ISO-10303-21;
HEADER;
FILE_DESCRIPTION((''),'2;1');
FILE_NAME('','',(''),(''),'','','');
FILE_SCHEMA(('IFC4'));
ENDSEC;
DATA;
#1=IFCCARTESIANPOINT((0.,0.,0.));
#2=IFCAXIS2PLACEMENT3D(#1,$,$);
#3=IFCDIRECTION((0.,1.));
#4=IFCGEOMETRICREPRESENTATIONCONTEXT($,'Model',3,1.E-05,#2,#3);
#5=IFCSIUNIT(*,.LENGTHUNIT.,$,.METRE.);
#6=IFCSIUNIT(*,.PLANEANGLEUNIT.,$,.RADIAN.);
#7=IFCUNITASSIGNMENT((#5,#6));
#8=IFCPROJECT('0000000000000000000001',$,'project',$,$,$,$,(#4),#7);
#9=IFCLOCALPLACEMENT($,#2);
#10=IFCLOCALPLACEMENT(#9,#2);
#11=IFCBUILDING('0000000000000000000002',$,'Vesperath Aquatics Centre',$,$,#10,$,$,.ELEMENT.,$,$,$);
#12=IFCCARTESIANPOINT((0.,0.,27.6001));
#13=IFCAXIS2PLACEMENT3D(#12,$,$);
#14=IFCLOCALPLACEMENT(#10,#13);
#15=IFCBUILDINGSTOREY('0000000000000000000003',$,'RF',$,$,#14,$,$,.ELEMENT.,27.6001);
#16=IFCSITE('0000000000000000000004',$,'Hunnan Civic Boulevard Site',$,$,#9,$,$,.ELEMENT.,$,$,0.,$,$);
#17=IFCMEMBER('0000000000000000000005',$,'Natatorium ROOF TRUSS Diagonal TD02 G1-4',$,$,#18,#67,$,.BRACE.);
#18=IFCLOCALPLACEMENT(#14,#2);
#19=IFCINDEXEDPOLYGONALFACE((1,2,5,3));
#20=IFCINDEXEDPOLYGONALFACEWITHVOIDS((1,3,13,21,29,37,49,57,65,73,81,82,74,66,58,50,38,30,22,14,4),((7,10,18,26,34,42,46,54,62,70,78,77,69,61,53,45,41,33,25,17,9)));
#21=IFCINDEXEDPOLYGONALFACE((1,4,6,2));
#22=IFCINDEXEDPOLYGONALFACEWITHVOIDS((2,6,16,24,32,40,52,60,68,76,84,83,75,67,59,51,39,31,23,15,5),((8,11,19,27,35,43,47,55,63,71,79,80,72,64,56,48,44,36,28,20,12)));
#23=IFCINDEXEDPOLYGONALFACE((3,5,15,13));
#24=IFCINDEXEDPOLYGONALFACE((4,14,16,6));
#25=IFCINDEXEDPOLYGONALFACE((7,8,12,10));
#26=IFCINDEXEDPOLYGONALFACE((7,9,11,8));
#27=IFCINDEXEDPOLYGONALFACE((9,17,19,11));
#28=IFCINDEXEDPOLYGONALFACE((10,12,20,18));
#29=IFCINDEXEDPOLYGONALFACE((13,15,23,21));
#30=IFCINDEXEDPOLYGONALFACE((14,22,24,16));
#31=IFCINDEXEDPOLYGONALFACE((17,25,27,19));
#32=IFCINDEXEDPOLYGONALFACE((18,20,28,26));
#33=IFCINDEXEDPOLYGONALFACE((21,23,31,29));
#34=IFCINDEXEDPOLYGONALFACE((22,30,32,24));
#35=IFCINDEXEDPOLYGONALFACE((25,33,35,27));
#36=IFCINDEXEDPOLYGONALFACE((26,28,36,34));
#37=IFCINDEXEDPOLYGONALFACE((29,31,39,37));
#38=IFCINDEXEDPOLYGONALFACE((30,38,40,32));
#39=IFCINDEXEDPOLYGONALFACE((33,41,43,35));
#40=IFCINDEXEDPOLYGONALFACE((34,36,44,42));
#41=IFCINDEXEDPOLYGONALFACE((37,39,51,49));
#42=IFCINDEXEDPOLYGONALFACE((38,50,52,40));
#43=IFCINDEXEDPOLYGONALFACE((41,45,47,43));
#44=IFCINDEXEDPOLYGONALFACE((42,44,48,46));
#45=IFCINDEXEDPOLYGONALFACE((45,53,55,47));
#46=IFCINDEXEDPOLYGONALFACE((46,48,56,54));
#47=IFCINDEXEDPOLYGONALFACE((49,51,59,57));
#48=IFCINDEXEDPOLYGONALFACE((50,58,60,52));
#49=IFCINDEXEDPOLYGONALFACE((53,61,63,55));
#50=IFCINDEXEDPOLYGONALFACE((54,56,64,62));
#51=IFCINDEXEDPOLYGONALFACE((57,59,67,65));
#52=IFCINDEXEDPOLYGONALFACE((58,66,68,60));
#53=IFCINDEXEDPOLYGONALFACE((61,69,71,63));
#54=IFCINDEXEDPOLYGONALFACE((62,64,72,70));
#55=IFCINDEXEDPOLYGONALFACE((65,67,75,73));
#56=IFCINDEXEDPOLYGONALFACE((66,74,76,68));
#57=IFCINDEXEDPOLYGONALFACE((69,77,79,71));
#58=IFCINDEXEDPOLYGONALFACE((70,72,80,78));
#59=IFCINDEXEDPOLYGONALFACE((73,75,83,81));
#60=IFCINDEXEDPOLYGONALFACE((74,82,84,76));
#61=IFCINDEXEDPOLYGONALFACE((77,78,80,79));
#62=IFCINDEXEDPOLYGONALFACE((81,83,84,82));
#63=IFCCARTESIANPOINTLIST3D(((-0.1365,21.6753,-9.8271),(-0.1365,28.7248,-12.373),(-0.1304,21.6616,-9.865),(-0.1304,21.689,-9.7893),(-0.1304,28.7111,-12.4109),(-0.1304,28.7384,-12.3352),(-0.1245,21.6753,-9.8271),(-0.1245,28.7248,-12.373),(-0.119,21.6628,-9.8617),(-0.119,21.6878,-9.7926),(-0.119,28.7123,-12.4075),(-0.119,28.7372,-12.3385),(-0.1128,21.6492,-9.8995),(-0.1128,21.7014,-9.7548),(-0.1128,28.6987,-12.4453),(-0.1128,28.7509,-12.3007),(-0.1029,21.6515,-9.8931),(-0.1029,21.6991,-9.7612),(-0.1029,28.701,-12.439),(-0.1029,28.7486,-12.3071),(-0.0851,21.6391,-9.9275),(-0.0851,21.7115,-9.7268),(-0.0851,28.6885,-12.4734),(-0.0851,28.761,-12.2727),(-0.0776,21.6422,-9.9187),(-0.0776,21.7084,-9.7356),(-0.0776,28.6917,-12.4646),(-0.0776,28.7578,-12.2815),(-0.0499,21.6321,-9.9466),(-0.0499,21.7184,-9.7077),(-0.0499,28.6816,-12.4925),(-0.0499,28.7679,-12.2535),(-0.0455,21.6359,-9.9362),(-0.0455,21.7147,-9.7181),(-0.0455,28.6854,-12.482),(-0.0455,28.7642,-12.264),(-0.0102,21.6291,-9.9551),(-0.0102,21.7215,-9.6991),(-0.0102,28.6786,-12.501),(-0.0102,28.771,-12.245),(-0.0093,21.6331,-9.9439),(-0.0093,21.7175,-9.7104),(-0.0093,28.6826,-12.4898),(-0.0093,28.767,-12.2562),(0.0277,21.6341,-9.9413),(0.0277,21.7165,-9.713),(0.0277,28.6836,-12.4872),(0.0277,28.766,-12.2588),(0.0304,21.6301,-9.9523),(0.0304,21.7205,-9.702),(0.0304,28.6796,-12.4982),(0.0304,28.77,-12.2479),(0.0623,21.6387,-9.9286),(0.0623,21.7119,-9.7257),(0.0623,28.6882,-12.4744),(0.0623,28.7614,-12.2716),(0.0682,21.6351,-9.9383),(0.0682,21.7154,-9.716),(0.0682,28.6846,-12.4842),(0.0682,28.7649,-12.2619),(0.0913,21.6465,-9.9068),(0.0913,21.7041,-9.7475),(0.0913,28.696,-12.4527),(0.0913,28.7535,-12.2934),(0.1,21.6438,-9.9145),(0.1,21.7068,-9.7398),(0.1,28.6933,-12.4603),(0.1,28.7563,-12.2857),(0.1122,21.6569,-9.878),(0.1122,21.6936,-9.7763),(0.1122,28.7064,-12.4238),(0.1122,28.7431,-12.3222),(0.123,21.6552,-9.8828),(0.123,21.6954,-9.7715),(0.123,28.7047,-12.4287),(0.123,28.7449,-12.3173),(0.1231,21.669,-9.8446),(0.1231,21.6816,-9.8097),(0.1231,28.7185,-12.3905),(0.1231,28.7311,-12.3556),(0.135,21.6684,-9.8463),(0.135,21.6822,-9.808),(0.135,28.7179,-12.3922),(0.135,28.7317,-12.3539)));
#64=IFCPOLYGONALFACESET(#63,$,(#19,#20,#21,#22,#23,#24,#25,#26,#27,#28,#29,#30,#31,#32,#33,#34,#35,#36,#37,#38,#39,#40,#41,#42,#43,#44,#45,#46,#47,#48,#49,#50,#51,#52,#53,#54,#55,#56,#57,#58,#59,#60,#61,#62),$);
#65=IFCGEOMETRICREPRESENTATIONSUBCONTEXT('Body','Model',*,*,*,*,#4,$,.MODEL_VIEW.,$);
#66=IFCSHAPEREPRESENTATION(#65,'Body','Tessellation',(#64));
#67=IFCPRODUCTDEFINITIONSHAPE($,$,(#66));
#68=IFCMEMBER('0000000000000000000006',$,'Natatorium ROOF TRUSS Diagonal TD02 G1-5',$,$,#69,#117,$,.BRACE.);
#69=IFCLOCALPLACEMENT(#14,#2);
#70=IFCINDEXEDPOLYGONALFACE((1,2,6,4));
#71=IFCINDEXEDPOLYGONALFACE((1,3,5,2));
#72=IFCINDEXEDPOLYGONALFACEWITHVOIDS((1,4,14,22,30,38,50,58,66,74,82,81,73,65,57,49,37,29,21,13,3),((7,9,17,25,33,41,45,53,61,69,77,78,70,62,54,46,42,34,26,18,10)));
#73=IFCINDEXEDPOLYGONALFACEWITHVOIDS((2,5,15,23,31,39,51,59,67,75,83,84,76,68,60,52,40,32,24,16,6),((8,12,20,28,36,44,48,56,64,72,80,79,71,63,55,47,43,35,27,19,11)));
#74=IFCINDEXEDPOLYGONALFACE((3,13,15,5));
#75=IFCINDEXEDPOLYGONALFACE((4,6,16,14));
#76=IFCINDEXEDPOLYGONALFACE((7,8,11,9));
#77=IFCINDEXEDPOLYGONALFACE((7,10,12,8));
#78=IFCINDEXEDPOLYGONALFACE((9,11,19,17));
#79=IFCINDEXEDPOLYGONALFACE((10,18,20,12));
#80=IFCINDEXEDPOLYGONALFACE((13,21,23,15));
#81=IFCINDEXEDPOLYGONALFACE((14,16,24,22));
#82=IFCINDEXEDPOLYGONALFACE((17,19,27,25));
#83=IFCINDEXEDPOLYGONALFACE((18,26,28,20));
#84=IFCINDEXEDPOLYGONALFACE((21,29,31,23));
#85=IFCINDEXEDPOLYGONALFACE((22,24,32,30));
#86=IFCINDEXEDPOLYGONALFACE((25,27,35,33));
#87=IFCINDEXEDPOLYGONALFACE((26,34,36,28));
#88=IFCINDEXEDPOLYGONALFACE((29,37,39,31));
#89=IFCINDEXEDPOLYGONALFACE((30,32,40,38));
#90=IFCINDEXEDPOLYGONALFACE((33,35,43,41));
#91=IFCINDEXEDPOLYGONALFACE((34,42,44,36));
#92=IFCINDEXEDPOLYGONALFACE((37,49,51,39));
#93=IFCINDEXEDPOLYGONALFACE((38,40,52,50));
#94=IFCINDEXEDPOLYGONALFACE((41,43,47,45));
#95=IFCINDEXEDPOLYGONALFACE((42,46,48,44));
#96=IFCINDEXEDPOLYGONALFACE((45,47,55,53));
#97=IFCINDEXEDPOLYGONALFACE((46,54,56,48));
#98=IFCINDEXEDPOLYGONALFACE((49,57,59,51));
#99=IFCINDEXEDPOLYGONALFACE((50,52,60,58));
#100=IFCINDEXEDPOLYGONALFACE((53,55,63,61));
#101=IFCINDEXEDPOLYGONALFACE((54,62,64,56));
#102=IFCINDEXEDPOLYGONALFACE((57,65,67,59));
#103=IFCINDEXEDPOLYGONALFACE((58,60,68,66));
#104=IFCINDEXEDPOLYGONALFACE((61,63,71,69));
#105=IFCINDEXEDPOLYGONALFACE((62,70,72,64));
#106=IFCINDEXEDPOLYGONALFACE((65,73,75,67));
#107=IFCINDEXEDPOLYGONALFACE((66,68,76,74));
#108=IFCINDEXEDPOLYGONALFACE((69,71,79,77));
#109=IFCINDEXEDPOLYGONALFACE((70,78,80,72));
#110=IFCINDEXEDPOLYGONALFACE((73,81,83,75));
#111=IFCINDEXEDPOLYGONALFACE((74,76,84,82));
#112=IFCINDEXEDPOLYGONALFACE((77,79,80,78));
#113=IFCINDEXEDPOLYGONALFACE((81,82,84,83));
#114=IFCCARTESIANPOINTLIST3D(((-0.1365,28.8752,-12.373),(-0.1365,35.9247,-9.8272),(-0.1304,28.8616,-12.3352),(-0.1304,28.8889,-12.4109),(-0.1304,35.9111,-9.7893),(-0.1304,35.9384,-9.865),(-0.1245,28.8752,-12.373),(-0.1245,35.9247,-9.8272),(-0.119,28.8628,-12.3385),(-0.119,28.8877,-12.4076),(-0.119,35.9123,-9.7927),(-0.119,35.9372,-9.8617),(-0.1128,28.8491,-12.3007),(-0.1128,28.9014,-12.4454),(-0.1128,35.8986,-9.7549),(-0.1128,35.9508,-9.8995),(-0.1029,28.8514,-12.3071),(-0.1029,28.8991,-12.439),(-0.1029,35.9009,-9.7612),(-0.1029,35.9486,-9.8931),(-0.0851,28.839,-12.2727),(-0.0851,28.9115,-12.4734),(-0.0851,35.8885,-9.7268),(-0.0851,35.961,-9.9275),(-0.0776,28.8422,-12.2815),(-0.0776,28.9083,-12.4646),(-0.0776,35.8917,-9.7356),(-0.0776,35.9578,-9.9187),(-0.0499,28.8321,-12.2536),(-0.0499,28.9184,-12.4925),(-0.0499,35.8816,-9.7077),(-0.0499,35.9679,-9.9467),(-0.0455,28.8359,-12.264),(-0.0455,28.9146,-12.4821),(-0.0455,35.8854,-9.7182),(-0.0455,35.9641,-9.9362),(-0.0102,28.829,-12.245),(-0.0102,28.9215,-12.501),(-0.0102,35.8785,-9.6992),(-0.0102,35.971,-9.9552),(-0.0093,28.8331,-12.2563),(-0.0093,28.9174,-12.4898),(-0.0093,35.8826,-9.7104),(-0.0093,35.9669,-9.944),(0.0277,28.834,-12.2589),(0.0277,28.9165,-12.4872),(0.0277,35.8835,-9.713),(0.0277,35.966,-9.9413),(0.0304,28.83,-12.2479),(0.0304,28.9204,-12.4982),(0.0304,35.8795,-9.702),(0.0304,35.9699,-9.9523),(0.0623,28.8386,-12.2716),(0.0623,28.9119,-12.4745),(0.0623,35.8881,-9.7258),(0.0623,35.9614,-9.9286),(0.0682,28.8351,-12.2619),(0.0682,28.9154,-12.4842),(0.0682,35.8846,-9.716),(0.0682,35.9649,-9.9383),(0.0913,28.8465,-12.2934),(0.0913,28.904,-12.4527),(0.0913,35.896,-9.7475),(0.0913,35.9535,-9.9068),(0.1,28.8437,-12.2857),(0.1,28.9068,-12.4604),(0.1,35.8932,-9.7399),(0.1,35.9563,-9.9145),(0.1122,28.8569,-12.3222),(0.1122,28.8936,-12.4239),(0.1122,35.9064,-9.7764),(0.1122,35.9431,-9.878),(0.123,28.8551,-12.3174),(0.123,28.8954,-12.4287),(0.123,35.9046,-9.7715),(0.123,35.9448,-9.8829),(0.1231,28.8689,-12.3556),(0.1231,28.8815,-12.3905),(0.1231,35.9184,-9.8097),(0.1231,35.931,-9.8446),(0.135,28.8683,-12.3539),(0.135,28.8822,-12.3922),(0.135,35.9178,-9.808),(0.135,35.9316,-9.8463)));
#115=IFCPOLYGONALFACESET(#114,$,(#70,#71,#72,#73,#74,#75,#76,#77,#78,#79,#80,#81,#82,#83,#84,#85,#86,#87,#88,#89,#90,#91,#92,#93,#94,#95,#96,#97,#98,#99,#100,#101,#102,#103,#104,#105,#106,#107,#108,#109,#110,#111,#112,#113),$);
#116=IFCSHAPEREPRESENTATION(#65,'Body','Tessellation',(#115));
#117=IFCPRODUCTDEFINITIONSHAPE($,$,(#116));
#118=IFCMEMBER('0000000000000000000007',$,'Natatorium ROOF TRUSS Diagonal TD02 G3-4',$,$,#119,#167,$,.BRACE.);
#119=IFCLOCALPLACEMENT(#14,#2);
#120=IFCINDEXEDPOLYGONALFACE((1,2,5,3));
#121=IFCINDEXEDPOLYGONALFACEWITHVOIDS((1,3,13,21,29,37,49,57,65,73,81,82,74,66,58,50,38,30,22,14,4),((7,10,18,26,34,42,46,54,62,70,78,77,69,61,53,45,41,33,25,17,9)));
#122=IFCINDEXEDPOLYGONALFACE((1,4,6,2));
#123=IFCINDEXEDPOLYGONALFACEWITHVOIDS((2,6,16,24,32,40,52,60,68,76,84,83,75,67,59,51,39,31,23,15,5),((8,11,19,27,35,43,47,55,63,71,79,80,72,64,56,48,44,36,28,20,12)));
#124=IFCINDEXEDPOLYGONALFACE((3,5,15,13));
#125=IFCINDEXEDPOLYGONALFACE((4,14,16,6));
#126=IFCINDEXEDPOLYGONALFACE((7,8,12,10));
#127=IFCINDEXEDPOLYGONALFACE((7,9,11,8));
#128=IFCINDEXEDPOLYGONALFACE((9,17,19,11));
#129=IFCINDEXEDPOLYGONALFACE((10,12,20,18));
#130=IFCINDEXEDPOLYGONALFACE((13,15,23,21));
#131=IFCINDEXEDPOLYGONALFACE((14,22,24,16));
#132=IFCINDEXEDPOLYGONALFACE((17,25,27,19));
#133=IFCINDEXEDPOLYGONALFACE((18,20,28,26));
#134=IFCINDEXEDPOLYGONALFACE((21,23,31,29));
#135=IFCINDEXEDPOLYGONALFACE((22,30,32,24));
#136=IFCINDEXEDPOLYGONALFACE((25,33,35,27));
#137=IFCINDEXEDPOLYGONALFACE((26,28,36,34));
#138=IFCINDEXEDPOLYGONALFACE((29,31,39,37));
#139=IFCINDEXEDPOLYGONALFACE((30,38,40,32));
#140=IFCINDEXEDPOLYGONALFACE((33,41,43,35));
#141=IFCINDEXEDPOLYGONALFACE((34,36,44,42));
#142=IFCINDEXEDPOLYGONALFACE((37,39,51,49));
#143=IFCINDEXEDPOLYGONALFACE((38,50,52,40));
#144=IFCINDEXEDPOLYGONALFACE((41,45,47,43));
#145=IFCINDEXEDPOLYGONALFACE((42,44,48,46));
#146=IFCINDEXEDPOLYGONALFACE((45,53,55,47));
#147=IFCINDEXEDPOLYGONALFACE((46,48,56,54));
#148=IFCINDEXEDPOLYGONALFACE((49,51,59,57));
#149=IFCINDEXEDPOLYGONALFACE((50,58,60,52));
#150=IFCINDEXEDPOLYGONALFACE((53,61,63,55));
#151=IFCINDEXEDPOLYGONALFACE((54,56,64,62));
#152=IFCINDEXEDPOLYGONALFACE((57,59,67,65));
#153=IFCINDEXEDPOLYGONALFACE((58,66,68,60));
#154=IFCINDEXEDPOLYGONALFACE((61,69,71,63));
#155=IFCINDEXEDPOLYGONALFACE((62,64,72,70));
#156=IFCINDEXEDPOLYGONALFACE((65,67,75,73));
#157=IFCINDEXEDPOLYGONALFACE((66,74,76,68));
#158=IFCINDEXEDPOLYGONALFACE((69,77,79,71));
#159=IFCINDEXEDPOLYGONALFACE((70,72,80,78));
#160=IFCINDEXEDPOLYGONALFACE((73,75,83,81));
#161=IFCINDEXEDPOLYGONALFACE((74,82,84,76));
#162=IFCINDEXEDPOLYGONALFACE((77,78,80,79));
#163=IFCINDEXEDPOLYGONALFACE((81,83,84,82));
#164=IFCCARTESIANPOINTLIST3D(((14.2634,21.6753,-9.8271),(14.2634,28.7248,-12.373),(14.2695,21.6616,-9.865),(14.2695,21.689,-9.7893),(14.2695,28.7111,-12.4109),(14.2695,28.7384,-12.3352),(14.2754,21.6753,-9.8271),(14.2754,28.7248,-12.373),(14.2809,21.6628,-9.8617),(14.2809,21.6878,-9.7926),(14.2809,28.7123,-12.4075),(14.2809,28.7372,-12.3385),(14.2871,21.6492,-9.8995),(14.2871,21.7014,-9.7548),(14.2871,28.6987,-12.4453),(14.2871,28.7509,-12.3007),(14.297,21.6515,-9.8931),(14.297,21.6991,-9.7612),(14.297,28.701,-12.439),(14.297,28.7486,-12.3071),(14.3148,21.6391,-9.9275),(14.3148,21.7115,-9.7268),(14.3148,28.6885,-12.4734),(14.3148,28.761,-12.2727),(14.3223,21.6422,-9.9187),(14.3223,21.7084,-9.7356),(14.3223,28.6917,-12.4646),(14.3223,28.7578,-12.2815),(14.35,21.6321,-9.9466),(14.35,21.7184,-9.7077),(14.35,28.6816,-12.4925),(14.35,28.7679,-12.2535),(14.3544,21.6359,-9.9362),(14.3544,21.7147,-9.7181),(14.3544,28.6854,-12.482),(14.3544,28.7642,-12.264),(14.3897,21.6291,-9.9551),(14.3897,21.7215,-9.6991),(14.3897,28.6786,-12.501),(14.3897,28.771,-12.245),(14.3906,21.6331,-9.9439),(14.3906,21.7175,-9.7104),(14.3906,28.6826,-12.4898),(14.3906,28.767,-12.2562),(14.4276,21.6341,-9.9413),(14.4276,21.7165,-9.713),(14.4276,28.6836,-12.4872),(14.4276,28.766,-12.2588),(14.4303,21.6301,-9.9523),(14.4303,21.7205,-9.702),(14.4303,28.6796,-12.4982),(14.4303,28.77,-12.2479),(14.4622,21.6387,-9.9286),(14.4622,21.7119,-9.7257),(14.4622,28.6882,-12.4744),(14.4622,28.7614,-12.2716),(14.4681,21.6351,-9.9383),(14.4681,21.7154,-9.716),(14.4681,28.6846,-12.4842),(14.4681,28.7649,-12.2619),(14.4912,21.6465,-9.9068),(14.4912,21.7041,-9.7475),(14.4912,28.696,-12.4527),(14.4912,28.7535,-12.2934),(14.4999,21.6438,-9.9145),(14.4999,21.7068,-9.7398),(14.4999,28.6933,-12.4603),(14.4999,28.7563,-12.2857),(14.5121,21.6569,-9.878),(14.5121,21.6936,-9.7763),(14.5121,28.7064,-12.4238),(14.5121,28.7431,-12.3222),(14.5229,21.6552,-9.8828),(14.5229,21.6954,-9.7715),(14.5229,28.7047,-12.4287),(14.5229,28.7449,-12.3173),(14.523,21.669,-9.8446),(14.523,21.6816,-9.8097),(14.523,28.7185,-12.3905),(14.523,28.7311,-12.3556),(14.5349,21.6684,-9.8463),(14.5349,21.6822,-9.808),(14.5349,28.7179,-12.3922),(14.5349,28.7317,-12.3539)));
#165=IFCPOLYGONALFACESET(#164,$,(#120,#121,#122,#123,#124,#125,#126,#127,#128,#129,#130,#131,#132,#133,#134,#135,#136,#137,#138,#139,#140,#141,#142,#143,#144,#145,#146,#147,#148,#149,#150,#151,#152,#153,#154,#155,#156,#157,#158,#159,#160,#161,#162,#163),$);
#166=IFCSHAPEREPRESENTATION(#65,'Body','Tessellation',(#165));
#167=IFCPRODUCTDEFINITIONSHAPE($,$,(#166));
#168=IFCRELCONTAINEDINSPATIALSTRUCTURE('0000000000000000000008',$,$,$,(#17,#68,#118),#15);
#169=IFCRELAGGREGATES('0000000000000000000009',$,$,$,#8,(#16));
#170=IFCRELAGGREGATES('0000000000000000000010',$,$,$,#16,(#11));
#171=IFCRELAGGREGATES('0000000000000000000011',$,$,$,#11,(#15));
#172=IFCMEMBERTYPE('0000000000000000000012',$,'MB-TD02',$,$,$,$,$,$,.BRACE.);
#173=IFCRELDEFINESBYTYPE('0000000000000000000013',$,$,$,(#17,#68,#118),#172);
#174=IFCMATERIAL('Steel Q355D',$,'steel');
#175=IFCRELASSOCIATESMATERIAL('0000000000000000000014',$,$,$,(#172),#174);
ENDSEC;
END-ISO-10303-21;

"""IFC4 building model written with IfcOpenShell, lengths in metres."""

from ifc_helpers import new_model, si_unit, direction, frame, origin, origin_2d, place, context, subcontext, project, spatial, hollow_circle, extrude, material, material_profile, profile_set, type_object, element, save


model = new_model("IFC4")

# Units and contexts
model_context = context("Model", 3, precision=1e-05, world=origin(), true_north=direction((0.0, 1.0)))
body_context = subcontext(model_context, "Body", "Model", "MODEL_VIEW")
ifc_project = project(units=[si_unit("LENGTHUNIT", "METRE"), si_unit("PLANEANGLEUNIT", "RADIAN")], contexts=[model_context])

# Site, building, storey
site_placement = place(None, origin())
site = spatial("IfcSite", under=ifc_project, at=site_placement, Name="Hunnan Civic Boulevard Site", CompositionType="ELEMENT", RefElevation=0.0)
building_placement = place(site_placement, origin())
building = spatial("IfcBuilding", under=site, at=building_placement, Name="Vesperath Aquatics Centre", CompositionType="ELEMENT")
storey_placement = place(building_placement, frame((0.0, 0.0, 27.6001)))
storey = spatial("IfcBuildingStorey", under=building, at=storey_placement, Name="RF", CompositionType="ELEMENT", Elevation=27.6001)

# Members
ifc_material_1 = material(Name="Steel Q355D", Category="steel")
ifc_material_profile_1 = material_profile(ifc_material_1, hollow_circle(Radius=0.1365, WallThickness=0.012, at=origin_2d()), Name="CHS 273.0x12")
ifc_profile_set_1 = profile_set([ifc_material_profile_1], Name="Steel Q355D")
member_type_1 = type_object("IfcMemberType", Name="MB-TD02", PredefinedType="BRACE", material=ifc_profile_set_1)
for number, where, z_axis, x_axis, name in (
    (1, (0.0, 21.6753, -9.8271), (0.0, 0.940544, -0.339671), (-1.0, 0.0, 0.0), "Natatorium ROOF TRUSS Diagonal TD02 G1-4"),
    (2, (0.0, 28.8752, -12.373), (0.0, 0.940544, 0.339671), (-1.0, 0.0, 0.0), "Natatorium ROOF TRUSS Diagonal TD02 G1-5"),
    (3, (14.3999, 21.6753, -9.8271), (0.0, 0.940544, -0.339671), (-1.0, 0.0, 0.0), "Natatorium ROOF TRUSS Diagonal TD02 G3-4"),
):
    element("IfcMember", number, at=place(storey_placement, frame(where, z_axis=z_axis, x_axis=x_axis)), inside=storey, type_object=member_type_1, Name=name, PredefinedType="BRACE", context=body_context, shape_type="SweptSolid", body=[
        extrude(hollow_circle(Radius=0.1365, WallThickness=0.012, at=origin_2d()), origin(), (0.0, 0.0, 1.0), 7.4951),
    ])

save(model, "model.ifc")
